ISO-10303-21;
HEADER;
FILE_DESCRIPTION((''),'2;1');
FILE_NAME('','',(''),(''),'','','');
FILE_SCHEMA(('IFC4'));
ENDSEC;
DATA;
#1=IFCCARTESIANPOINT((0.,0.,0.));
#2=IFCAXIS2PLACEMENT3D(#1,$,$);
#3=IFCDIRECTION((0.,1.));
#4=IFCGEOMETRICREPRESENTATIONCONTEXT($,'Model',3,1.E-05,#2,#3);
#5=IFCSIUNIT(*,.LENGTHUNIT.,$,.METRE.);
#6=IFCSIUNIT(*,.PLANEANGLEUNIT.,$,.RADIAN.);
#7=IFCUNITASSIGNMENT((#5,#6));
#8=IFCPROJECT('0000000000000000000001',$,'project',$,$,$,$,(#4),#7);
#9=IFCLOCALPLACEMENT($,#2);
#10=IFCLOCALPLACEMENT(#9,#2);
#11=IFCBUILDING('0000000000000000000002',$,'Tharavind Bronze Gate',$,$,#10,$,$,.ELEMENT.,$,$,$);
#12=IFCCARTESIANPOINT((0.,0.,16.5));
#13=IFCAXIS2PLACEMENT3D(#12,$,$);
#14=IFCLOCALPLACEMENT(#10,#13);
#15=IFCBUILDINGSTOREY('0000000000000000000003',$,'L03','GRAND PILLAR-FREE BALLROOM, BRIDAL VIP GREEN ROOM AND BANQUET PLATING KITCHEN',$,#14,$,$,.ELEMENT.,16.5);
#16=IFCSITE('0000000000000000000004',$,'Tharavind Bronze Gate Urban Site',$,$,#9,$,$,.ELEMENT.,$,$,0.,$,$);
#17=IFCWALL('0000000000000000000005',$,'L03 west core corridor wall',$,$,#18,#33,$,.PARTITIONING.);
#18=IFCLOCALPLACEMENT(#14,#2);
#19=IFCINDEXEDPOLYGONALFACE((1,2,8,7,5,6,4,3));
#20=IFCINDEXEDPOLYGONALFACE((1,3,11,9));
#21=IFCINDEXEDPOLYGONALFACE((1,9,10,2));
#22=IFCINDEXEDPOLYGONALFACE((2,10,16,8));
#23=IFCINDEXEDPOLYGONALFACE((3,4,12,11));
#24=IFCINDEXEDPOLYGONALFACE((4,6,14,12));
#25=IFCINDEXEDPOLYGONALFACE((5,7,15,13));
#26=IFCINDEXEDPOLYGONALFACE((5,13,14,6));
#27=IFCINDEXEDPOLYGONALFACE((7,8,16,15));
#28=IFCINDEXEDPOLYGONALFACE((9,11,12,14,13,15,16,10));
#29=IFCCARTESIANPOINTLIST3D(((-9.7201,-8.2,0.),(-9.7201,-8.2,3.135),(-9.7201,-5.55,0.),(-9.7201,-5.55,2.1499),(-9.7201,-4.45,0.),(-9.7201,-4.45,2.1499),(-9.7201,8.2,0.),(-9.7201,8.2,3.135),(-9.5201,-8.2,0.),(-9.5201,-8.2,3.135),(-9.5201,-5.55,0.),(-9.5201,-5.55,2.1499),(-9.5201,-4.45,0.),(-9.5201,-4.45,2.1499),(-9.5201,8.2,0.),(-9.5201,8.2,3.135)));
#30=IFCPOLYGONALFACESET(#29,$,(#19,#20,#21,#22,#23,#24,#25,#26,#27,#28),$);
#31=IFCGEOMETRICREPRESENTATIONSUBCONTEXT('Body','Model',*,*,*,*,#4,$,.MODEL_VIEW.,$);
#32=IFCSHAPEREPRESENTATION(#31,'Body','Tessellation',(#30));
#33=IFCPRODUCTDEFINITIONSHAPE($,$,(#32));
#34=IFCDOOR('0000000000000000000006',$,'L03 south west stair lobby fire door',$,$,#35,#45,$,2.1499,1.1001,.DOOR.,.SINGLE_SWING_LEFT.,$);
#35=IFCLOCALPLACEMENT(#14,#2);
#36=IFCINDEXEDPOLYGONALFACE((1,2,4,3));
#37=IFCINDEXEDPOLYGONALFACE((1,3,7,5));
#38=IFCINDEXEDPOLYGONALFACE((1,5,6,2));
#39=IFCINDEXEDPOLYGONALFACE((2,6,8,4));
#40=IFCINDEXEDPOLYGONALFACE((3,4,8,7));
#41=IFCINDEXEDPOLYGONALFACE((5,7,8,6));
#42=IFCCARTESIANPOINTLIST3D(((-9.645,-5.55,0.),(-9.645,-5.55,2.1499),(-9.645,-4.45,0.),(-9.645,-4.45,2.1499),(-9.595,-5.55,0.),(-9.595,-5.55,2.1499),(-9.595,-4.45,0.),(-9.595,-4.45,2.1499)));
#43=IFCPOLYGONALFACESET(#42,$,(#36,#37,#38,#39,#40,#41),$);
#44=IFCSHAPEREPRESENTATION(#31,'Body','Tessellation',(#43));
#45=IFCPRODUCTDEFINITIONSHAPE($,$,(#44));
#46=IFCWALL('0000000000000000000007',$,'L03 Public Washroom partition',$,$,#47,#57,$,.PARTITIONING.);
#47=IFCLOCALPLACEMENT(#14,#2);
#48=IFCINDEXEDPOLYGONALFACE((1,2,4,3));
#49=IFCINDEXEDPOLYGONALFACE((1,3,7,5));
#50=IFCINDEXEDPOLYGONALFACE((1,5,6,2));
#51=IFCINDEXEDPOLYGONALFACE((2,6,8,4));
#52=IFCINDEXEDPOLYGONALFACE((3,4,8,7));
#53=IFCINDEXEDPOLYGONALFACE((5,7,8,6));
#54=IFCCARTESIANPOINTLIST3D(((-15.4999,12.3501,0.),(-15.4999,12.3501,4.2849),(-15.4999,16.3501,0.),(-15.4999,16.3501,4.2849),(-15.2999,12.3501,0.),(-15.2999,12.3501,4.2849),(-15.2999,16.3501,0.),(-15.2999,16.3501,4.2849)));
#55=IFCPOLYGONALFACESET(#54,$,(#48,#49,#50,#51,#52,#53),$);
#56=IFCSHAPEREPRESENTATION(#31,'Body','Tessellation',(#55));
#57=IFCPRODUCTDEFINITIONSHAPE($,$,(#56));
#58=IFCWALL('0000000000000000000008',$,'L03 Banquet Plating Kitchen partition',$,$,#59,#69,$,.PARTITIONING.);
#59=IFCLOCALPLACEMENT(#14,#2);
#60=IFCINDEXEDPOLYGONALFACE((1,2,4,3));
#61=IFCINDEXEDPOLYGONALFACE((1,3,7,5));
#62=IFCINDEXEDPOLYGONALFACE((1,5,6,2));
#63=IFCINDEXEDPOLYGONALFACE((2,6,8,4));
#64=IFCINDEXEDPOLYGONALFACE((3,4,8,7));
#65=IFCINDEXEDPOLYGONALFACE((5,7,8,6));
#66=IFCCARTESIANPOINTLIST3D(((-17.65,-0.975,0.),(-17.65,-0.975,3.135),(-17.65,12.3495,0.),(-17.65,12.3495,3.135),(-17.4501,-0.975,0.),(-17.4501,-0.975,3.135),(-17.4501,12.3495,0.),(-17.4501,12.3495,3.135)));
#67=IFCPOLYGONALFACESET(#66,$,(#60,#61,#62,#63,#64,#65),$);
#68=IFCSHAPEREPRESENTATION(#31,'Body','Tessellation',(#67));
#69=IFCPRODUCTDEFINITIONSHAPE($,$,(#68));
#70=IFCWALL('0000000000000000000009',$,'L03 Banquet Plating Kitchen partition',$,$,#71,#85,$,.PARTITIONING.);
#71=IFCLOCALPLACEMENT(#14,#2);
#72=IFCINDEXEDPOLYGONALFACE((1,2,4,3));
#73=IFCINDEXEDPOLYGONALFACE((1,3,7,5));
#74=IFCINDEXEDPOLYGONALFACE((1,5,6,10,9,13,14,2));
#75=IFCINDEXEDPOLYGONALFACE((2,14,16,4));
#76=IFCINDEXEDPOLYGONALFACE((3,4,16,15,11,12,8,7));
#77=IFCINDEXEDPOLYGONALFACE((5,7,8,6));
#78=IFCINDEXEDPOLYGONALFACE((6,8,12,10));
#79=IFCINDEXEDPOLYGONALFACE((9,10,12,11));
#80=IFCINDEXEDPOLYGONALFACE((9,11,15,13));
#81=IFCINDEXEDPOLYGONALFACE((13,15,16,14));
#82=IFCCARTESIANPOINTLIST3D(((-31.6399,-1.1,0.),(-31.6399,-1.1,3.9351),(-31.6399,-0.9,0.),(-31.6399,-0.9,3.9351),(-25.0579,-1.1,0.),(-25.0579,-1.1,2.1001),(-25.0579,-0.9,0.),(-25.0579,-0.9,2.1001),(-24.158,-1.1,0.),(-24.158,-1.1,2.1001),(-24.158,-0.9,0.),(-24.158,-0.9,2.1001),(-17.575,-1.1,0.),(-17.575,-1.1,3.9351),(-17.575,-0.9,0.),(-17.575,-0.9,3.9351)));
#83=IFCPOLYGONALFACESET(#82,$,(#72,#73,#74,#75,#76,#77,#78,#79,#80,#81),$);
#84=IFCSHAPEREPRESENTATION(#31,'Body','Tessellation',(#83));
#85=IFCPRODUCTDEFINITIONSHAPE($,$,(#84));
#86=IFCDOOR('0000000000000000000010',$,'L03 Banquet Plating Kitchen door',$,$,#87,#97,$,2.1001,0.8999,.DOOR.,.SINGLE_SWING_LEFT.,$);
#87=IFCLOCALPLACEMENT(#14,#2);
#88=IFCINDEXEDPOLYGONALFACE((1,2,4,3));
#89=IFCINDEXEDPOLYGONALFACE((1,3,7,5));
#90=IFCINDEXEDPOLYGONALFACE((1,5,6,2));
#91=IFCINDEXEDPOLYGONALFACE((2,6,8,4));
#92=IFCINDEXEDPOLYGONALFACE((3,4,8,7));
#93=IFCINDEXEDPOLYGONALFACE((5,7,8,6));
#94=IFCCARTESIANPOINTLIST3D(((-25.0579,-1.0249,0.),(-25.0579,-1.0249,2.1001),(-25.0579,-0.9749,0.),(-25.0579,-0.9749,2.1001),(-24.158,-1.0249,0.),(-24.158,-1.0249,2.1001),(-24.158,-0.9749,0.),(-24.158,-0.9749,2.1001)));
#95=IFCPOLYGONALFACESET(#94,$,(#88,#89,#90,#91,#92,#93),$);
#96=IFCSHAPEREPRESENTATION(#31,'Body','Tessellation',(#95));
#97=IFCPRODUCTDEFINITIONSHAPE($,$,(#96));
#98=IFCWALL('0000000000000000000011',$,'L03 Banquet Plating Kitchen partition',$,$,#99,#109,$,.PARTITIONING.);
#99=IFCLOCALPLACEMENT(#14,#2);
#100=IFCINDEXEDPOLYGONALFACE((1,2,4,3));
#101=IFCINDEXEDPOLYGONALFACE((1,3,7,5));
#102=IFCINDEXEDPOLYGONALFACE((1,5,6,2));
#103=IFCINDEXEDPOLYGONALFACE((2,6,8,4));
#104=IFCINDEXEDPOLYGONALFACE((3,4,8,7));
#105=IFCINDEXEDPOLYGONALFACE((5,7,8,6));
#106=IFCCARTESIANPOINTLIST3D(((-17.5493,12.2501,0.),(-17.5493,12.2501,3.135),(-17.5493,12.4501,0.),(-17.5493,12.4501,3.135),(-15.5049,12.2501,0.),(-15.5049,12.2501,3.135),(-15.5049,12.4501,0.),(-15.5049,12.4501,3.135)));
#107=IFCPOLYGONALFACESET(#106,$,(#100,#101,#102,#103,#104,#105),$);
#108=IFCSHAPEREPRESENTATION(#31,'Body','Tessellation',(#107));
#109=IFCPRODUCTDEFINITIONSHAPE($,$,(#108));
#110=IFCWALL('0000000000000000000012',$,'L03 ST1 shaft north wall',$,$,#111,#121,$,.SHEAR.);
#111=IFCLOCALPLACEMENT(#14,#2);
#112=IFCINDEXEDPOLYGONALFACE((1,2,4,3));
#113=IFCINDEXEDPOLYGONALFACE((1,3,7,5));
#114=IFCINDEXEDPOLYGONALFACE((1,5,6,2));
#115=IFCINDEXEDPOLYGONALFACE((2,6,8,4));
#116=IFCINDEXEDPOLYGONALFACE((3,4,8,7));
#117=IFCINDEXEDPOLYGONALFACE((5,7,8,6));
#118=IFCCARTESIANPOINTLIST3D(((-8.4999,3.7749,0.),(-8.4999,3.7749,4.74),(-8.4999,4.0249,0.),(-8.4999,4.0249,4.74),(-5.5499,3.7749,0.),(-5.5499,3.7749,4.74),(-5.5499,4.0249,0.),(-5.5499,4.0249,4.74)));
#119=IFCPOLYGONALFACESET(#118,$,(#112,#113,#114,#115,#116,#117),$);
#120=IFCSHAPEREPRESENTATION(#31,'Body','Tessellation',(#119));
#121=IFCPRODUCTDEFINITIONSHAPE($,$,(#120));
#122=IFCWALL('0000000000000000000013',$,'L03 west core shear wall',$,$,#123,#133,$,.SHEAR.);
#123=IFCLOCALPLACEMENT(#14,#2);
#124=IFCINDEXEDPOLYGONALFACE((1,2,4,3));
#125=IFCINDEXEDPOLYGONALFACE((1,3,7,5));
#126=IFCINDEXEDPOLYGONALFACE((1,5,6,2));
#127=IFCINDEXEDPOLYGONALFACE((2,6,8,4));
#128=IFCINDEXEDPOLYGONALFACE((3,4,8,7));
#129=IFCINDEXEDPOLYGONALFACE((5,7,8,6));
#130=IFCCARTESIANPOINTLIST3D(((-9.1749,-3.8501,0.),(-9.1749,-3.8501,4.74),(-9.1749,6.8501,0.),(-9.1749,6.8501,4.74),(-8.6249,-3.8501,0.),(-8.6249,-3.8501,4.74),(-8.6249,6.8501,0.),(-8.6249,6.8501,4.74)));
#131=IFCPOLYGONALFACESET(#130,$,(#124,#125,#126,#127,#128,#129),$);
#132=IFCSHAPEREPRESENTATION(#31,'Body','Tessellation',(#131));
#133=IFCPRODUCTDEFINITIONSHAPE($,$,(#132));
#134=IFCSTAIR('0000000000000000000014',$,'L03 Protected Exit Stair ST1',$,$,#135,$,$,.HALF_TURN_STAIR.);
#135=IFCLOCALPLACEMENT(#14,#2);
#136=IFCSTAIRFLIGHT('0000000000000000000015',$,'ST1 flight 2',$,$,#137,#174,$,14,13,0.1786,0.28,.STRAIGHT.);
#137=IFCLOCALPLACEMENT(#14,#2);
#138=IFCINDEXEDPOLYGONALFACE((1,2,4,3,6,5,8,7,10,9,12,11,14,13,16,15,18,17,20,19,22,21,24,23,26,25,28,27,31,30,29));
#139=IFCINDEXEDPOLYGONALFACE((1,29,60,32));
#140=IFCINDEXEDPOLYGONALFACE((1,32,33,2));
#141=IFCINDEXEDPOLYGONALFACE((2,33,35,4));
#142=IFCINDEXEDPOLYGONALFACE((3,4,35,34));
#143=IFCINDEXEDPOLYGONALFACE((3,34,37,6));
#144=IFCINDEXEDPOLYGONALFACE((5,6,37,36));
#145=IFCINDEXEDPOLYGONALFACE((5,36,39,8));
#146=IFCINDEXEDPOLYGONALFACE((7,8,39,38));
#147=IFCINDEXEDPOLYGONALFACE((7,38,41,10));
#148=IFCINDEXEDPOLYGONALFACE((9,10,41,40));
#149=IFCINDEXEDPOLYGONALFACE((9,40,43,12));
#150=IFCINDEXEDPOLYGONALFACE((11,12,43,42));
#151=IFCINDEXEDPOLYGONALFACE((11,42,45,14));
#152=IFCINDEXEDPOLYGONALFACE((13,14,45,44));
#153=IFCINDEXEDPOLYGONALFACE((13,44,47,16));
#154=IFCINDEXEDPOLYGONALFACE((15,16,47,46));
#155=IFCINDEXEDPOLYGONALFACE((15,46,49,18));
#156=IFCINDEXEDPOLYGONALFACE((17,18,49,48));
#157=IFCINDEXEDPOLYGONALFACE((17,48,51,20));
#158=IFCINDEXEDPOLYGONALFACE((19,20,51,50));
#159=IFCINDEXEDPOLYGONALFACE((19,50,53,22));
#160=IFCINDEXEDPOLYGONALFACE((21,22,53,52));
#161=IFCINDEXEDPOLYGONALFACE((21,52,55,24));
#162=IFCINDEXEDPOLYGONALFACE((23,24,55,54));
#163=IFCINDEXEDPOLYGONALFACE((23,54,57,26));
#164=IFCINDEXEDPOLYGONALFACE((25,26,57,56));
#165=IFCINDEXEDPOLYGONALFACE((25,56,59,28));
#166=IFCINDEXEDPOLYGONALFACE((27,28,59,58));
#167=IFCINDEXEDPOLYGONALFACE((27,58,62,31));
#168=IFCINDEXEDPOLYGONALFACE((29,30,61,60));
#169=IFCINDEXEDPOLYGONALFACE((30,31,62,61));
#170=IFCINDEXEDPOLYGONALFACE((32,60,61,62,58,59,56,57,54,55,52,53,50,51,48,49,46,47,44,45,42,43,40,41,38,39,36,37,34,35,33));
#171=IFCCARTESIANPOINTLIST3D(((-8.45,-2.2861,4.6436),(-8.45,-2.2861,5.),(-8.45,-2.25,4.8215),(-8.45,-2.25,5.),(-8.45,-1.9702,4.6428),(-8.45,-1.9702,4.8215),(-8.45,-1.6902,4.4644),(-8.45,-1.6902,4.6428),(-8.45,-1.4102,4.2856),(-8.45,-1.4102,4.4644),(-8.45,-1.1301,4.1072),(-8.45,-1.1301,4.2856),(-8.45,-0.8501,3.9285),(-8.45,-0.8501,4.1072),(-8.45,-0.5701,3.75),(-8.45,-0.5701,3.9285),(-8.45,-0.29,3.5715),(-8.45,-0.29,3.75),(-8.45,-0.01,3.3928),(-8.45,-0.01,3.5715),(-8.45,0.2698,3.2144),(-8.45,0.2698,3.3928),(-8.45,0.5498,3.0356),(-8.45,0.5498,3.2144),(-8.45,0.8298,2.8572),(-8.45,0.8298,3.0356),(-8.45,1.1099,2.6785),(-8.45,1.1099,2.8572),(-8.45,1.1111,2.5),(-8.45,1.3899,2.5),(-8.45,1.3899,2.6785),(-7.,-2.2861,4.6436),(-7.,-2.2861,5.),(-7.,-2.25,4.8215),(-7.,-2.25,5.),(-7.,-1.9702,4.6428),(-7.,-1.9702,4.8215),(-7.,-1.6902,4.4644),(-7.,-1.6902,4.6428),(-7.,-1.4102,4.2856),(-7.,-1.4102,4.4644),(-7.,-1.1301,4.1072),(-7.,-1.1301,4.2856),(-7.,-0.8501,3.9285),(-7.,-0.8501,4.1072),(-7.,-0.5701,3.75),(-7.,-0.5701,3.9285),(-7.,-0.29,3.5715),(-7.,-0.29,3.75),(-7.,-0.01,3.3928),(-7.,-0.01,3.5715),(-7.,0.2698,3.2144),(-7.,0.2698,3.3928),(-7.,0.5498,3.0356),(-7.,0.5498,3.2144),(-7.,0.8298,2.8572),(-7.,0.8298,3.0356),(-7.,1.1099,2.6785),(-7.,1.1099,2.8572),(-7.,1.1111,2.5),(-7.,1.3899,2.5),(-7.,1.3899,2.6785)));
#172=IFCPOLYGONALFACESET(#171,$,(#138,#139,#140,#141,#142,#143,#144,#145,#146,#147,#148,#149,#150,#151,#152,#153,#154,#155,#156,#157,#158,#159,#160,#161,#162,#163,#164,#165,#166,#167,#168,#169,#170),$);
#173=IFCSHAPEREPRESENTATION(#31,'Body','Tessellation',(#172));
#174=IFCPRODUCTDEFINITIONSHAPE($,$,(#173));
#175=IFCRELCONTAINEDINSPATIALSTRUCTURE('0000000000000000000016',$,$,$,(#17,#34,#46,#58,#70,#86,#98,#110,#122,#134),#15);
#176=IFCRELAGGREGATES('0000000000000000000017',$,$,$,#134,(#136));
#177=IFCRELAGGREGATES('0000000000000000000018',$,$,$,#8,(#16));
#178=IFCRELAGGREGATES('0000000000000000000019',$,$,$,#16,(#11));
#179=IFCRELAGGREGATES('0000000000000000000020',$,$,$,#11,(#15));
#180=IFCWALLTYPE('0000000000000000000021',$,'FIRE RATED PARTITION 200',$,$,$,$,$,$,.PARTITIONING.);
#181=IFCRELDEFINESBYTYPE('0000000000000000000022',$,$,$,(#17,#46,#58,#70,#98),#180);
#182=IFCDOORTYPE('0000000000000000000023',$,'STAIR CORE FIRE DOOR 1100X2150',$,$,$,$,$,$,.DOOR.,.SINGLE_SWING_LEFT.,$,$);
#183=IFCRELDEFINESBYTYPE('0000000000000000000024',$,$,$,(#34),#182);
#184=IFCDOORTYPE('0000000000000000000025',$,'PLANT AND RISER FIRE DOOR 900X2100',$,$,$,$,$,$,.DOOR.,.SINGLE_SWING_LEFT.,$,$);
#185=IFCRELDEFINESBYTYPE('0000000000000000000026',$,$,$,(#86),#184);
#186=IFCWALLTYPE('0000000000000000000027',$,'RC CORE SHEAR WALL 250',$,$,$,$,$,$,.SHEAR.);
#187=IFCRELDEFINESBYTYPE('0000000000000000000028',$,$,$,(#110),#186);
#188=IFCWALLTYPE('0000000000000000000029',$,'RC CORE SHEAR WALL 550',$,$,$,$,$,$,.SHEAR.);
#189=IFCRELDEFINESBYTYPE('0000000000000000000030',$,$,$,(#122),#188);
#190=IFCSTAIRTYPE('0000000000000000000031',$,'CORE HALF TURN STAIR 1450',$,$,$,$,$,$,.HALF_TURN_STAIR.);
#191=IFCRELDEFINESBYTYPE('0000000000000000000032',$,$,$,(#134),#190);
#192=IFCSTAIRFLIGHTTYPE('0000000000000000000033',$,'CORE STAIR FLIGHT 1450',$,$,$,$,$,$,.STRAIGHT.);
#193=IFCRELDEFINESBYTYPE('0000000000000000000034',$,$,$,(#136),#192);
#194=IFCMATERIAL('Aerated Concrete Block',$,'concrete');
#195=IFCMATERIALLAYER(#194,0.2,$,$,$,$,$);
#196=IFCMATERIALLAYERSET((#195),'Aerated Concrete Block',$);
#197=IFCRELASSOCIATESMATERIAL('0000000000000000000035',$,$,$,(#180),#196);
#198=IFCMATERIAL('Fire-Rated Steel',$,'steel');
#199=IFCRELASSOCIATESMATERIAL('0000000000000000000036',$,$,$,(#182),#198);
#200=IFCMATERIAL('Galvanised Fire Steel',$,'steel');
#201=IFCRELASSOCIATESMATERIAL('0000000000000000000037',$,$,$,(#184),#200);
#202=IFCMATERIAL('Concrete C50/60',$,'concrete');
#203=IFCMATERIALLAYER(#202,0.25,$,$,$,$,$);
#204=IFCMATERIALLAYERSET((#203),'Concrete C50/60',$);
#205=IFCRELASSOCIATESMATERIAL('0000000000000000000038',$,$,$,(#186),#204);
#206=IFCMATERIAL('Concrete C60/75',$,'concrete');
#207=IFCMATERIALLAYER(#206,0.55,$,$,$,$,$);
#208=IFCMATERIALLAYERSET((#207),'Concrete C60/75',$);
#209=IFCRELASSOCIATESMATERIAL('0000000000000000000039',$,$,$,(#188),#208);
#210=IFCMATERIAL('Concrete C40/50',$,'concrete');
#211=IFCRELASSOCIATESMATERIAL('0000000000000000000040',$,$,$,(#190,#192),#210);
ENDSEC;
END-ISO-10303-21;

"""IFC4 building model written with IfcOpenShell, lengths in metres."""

from ifc_helpers import new_model, si_unit, direction, frame, frame_2d, origin, place, context, subcontext, project, spatial, polyline, rectangle, outline, extrude, material, layer, layer_set, type_object, element, fill, aggregate, save


model = new_model("IFC4")

# Units and contexts
model_context = context("Model", 3, precision=1e-05, world=origin(), true_north=direction((0.0, 1.0)))
body_context = subcontext(model_context, "Body", "Model", "MODEL_VIEW")
ifc_project = project(units=[si_unit("LENGTHUNIT", "METRE"), si_unit("PLANEANGLEUNIT", "RADIAN")], contexts=[model_context])

# Site, building, storey
site_placement = place(None, origin())
site = spatial("IfcSite", under=ifc_project, at=site_placement, Name="Tharavind Bronze Gate Urban Site", CompositionType="ELEMENT", RefElevation=0.0)
building_placement = place(site_placement, origin())
building = spatial("IfcBuilding", under=site, at=building_placement, Name="Tharavind Bronze Gate", CompositionType="ELEMENT")
storey_placement = place(building_placement, frame((0.0, 0.0, 16.5)))
storey = spatial("IfcBuildingStorey", under=building, at=storey_placement, Name="L03", Description="GRAND PILLAR-FREE BALLROOM, BRIDAL VIP GREEN ROOM AND BANQUET PLATING KITCHEN", CompositionType="ELEMENT", Elevation=16.5)

# Wall, opening, door
ifc_material_1 = material(Name="Aerated Concrete Block", Category="concrete")
ifc_layer_1 = layer(ifc_material_1, 0.2)
ifc_layer_set_1 = layer_set([ifc_layer_1], Name="Aerated Concrete Block")
wall_type_1 = type_object("IfcWallType", Name="FIRE RATED PARTITION 200", PredefinedType="PARTITIONING", material=ifc_layer_set_1)
wall_1_placement = place(storey_placement, frame((-9.6201, 8.2, 0.0), z_axis=(0.0, 0.0, 1.0), x_axis=(0.0, -1.0, 0.0)))
wall_1 = element("IfcWall", 1, at=wall_1_placement, inside=storey, type_object=wall_type_1, Name="L03 west core corridor wall", PredefinedType="PARTITIONING", context=body_context, shape_type="SweptSolid", body=[
    extrude(rectangle(XDim=16.3999, YDim=0.2, at=frame_2d((8.2, 0.0))), origin(), (0.0, 0.0, 1.0), 3.135),
])
opening_1_placement = place(wall_1_placement, frame((12.6499, 0.0, 0.0)))
opening_1 = element("IfcOpeningElement", 2, at=opening_1_placement, cuts=wall_1, PredefinedType="OPENING", context=body_context, shape_type="SweptSolid", body=[
    extrude(rectangle(XDim=1.1001, YDim=2.1499, at=frame_2d((0.55, 1.075))), frame((0.0, 0.1101, 0.0), z_axis=(0.0, -1.0, 0.0), x_axis=(1.0, 0.0, 0.0)), (0.0, 0.0, 1.0), 0.22),
])
ifc_material_2 = material(Name="Fire-Rated Steel", Category="steel")
door_type_1 = type_object("IfcDoorType", Name="STAIR CORE FIRE DOOR 1100X2150", OperationType="SINGLE_SWING_LEFT", PredefinedType="DOOR", material=ifc_material_2)
door_1_placement = place(opening_1_placement, frame((1.1001, 0.0, 0.0), z_axis=(0.0, 0.0, 1.0), x_axis=(-1.0, 0.0, 0.0)))
door_1 = element("IfcDoor", 3, at=door_1_placement, inside=storey, type_object=door_type_1, Name="L03 south west stair lobby fire door", OperationType="SINGLE_SWING_LEFT", OverallHeight=2.1499, OverallWidth=1.1001, PredefinedType="DOOR", context=body_context, shape_type="SweptSolid", body=[
    extrude(rectangle(XDim=1.1001, YDim=2.1499, at=frame_2d((0.55, 1.075))), frame((0.0, 0.0249, 0.0), z_axis=(0.0, -1.0, 0.0), x_axis=(1.0, 0.0, 0.0)), (0.0, 0.0, 1.0), 0.05),
])
fill(opening_1, door_1)

# Walls
wall_2_placement = place(storey_placement, frame((-15.3999, 12.3501, 0.0), z_axis=(0.0, 0.0, 1.0), x_axis=(0.0, 1.0, 0.0)))
element("IfcWall", 4, at=wall_2_placement, inside=storey, type_object=wall_type_1, Name="L03 Public Washroom partition", PredefinedType="PARTITIONING", context=body_context, shape_type="SweptSolid", body=[
    extrude(rectangle(XDim=4.0, YDim=0.2, at=frame_2d((2.0, 0.0))), origin(), (0.0, 0.0, 1.0), 4.2849),
])
wall_3_placement = place(storey_placement, frame((-17.55, 12.3494, 0.0), z_axis=(0.0, 0.0, 1.0), x_axis=(0.0, -1.0, 0.0)))
element("IfcWall", 5, at=wall_3_placement, inside=storey, type_object=wall_type_1, Name="L03 Banquet Plating Kitchen partition", PredefinedType="PARTITIONING", context=body_context, shape_type="SweptSolid", body=[
    extrude(rectangle(XDim=13.3245, YDim=0.2, at=frame_2d((6.6621, 0.0))), origin(), (0.0, 0.0, 1.0), 3.135),
])

# Wall, opening, door
wall_4_placement = place(storey_placement, frame((-17.575, -1.0, 0.0), z_axis=(0.0, 0.0, 1.0), x_axis=(-1.0, 0.0, 0.0)))
wall_4 = element("IfcWall", 6, at=wall_4_placement, inside=storey, type_object=wall_type_1, Name="L03 Banquet Plating Kitchen partition", PredefinedType="PARTITIONING", context=body_context, shape_type="SweptSolid", body=[
    extrude(rectangle(XDim=14.0649, YDim=0.2, at=frame_2d((7.0325, 0.0))), origin(), (0.0, 0.0, 1.0), 3.9351),
])
opening_2_placement = place(wall_4_placement, frame((6.583, 0.0, 0.0)))
opening_2 = element("IfcOpeningElement", 7, at=opening_2_placement, cuts=wall_4, PredefinedType="OPENING", context=body_context, shape_type="SweptSolid", body=[
    extrude(rectangle(XDim=0.8999, YDim=2.1001, at=frame_2d((0.45, 1.05))), frame((0.0, 0.1101, 0.0), z_axis=(0.0, -1.0, 0.0), x_axis=(1.0, 0.0, 0.0)), (0.0, 0.0, 1.0), 0.22),
])
ifc_material_3 = material(Name="Galvanised Fire Steel", Category="steel")
door_type_2 = type_object("IfcDoorType", Name="PLANT AND RISER FIRE DOOR 900X2100", OperationType="SINGLE_SWING_LEFT", PredefinedType="DOOR", material=ifc_material_3)
door_2_placement = place(opening_2_placement, origin())
door_2 = element("IfcDoor", 8, at=door_2_placement, inside=storey, type_object=door_type_2, Name="L03 Banquet Plating Kitchen door", OperationType="SINGLE_SWING_LEFT", OverallHeight=2.1001, OverallWidth=0.8999, PredefinedType="DOOR", context=body_context, shape_type="SweptSolid", body=[
    extrude(rectangle(XDim=0.8999, YDim=2.1001, at=frame_2d((0.45, 1.05))), frame((0.0, 0.0249, 0.0), z_axis=(0.0, -1.0, 0.0), x_axis=(1.0, 0.0, 0.0)), (0.0, 0.0, 1.0), 0.05),
])
fill(opening_2, door_2)

# Wall
wall_5_placement = place(storey_placement, frame((-15.5049, 12.3501, 0.0), z_axis=(0.0, 0.0, 1.0), x_axis=(-1.0, 0.0, 0.0)))
element("IfcWall", 9, at=wall_5_placement, inside=storey, type_object=wall_type_1, Name="L03 Banquet Plating Kitchen partition", PredefinedType="PARTITIONING", context=body_context, shape_type="SweptSolid", body=[
    extrude(rectangle(XDim=2.0444, YDim=0.2, at=frame_2d((1.0222, 0.0))), origin(), (0.0, 0.0, 1.0), 3.135),
])

# Shared definitions
ifc_material_4 = material(Name="Concrete C50/60", Category="concrete")
ifc_layer_2 = layer(ifc_material_4, 0.25)
ifc_layer_set_2 = layer_set([ifc_layer_2], Name="Concrete C50/60")
wall_type_2 = type_object("IfcWallType", Name="RC CORE SHEAR WALL 250", PredefinedType="SHEAR", material=ifc_layer_set_2)

# Walls
wall_6_placement = place(storey_placement, frame((-8.5, 3.8999, 0.0), z_axis=(0.0, 0.0, 1.0), x_axis=(1.0, 0.0, 0.0)))
element("IfcWall", 10, at=wall_6_placement, inside=storey, type_object=wall_type_2, Name="L03 ST1 shaft north wall", PredefinedType="SHEAR", context=body_context, shape_type="SweptSolid", body=[
    extrude(rectangle(XDim=2.95, YDim=0.25, at=frame_2d((1.4751, 0.0))), origin(), (0.0, 0.0, 1.0), 4.74),
])
ifc_material_5 = material(Name="Concrete C60/75", Category="concrete")
ifc_layer_3 = layer(ifc_material_5, 0.55)
ifc_layer_set_3 = layer_set([ifc_layer_3], Name="Concrete C60/75")
wall_type_3 = type_object("IfcWallType", Name="RC CORE SHEAR WALL 550", PredefinedType="SHEAR", material=ifc_layer_set_3)
wall_7_placement = place(storey_placement, frame((-8.8999, -3.8501, 0.0), z_axis=(0.0, 0.0, 1.0), x_axis=(0.0, 1.0, 0.0)))
element("IfcWall", 11, at=wall_7_placement, inside=storey, type_object=wall_type_3, Name="L03 west core shear wall", PredefinedType="SHEAR", context=body_context, shape_type="SweptSolid", body=[
    extrude(rectangle(XDim=10.7002, YDim=0.55, at=frame_2d((5.3501, 0.0))), origin(), (0.0, 0.0, 1.0), 4.74),
])

# Stair, stair flight
ifc_material_6 = material(Name="Concrete C40/50", Category="concrete")
stair_type = type_object("IfcStairType", Name="CORE HALF TURN STAIR 1450", PredefinedType="HALF_TURN_STAIR", material=ifc_material_6)
stair_placement = place(storey_placement, origin())
stair = element("IfcStair", 12, at=stair_placement, inside=storey, type_object=stair_type, Name="L03 Protected Exit Stair ST1", PredefinedType="HALF_TURN_STAIR")
stair_flight_type = type_object("IfcStairFlightType", Name="CORE STAIR FLIGHT 1450", PredefinedType="STRAIGHT", material=ifc_material_6)
stair_flight_placement = place(storey_placement, frame((-7.7251, 1.3899, 2.5), z_axis=(0.0, 0.0, 1.0), x_axis=(0.0, -1.0, 0.0)))
stair_flight = element("IfcStairFlight", 13, at=stair_flight_placement, type_object=stair_flight_type, Name="ST1 flight 2", NumberOfRisers=14, NumberOfTreads=13, PredefinedType="STRAIGHT", RiserHeight=0.1786, TreadLength=0.28, context=body_context, shape_type="SweptSolid", body=[
    extrude(outline(polyline([(0.0, 0.0), (0.0, 0.1785), (0.28, 0.1785), (0.28, 0.3572), (0.5601, 0.3572), (0.5601, 0.5356), (0.8401, 0.5356), (0.8401, 0.7144), (1.1201, 0.7144), (1.1201, 0.8928), (1.3999, 0.8928), (1.3999, 1.0715), (1.6799, 1.0715), (1.6799, 1.25), (1.96, 1.25), (1.96, 1.4285), (2.24, 1.4285), (2.24, 1.6072), (2.52, 1.6072), (2.52, 1.7856), (2.8, 1.7856), (2.8, 1.9644), (3.0801, 1.9644), (3.0801, 2.1428), (3.3601, 2.1428), (3.3601, 2.3215), (3.6399, 2.3215), (3.6399, 2.5), (3.676, 2.5), (3.676, 2.1436), (0.2788, 0.0), (0.0, 0.0)])), frame((0.0, 0.7251, 0.0), z_axis=(0.0, -1.0, 0.0), x_axis=(1.0, 0.0, 0.0)), (0.0, 0.0, 1.0), 1.45),
])
aggregate(stair, [stair_flight])

save(model, "model.ifc")
